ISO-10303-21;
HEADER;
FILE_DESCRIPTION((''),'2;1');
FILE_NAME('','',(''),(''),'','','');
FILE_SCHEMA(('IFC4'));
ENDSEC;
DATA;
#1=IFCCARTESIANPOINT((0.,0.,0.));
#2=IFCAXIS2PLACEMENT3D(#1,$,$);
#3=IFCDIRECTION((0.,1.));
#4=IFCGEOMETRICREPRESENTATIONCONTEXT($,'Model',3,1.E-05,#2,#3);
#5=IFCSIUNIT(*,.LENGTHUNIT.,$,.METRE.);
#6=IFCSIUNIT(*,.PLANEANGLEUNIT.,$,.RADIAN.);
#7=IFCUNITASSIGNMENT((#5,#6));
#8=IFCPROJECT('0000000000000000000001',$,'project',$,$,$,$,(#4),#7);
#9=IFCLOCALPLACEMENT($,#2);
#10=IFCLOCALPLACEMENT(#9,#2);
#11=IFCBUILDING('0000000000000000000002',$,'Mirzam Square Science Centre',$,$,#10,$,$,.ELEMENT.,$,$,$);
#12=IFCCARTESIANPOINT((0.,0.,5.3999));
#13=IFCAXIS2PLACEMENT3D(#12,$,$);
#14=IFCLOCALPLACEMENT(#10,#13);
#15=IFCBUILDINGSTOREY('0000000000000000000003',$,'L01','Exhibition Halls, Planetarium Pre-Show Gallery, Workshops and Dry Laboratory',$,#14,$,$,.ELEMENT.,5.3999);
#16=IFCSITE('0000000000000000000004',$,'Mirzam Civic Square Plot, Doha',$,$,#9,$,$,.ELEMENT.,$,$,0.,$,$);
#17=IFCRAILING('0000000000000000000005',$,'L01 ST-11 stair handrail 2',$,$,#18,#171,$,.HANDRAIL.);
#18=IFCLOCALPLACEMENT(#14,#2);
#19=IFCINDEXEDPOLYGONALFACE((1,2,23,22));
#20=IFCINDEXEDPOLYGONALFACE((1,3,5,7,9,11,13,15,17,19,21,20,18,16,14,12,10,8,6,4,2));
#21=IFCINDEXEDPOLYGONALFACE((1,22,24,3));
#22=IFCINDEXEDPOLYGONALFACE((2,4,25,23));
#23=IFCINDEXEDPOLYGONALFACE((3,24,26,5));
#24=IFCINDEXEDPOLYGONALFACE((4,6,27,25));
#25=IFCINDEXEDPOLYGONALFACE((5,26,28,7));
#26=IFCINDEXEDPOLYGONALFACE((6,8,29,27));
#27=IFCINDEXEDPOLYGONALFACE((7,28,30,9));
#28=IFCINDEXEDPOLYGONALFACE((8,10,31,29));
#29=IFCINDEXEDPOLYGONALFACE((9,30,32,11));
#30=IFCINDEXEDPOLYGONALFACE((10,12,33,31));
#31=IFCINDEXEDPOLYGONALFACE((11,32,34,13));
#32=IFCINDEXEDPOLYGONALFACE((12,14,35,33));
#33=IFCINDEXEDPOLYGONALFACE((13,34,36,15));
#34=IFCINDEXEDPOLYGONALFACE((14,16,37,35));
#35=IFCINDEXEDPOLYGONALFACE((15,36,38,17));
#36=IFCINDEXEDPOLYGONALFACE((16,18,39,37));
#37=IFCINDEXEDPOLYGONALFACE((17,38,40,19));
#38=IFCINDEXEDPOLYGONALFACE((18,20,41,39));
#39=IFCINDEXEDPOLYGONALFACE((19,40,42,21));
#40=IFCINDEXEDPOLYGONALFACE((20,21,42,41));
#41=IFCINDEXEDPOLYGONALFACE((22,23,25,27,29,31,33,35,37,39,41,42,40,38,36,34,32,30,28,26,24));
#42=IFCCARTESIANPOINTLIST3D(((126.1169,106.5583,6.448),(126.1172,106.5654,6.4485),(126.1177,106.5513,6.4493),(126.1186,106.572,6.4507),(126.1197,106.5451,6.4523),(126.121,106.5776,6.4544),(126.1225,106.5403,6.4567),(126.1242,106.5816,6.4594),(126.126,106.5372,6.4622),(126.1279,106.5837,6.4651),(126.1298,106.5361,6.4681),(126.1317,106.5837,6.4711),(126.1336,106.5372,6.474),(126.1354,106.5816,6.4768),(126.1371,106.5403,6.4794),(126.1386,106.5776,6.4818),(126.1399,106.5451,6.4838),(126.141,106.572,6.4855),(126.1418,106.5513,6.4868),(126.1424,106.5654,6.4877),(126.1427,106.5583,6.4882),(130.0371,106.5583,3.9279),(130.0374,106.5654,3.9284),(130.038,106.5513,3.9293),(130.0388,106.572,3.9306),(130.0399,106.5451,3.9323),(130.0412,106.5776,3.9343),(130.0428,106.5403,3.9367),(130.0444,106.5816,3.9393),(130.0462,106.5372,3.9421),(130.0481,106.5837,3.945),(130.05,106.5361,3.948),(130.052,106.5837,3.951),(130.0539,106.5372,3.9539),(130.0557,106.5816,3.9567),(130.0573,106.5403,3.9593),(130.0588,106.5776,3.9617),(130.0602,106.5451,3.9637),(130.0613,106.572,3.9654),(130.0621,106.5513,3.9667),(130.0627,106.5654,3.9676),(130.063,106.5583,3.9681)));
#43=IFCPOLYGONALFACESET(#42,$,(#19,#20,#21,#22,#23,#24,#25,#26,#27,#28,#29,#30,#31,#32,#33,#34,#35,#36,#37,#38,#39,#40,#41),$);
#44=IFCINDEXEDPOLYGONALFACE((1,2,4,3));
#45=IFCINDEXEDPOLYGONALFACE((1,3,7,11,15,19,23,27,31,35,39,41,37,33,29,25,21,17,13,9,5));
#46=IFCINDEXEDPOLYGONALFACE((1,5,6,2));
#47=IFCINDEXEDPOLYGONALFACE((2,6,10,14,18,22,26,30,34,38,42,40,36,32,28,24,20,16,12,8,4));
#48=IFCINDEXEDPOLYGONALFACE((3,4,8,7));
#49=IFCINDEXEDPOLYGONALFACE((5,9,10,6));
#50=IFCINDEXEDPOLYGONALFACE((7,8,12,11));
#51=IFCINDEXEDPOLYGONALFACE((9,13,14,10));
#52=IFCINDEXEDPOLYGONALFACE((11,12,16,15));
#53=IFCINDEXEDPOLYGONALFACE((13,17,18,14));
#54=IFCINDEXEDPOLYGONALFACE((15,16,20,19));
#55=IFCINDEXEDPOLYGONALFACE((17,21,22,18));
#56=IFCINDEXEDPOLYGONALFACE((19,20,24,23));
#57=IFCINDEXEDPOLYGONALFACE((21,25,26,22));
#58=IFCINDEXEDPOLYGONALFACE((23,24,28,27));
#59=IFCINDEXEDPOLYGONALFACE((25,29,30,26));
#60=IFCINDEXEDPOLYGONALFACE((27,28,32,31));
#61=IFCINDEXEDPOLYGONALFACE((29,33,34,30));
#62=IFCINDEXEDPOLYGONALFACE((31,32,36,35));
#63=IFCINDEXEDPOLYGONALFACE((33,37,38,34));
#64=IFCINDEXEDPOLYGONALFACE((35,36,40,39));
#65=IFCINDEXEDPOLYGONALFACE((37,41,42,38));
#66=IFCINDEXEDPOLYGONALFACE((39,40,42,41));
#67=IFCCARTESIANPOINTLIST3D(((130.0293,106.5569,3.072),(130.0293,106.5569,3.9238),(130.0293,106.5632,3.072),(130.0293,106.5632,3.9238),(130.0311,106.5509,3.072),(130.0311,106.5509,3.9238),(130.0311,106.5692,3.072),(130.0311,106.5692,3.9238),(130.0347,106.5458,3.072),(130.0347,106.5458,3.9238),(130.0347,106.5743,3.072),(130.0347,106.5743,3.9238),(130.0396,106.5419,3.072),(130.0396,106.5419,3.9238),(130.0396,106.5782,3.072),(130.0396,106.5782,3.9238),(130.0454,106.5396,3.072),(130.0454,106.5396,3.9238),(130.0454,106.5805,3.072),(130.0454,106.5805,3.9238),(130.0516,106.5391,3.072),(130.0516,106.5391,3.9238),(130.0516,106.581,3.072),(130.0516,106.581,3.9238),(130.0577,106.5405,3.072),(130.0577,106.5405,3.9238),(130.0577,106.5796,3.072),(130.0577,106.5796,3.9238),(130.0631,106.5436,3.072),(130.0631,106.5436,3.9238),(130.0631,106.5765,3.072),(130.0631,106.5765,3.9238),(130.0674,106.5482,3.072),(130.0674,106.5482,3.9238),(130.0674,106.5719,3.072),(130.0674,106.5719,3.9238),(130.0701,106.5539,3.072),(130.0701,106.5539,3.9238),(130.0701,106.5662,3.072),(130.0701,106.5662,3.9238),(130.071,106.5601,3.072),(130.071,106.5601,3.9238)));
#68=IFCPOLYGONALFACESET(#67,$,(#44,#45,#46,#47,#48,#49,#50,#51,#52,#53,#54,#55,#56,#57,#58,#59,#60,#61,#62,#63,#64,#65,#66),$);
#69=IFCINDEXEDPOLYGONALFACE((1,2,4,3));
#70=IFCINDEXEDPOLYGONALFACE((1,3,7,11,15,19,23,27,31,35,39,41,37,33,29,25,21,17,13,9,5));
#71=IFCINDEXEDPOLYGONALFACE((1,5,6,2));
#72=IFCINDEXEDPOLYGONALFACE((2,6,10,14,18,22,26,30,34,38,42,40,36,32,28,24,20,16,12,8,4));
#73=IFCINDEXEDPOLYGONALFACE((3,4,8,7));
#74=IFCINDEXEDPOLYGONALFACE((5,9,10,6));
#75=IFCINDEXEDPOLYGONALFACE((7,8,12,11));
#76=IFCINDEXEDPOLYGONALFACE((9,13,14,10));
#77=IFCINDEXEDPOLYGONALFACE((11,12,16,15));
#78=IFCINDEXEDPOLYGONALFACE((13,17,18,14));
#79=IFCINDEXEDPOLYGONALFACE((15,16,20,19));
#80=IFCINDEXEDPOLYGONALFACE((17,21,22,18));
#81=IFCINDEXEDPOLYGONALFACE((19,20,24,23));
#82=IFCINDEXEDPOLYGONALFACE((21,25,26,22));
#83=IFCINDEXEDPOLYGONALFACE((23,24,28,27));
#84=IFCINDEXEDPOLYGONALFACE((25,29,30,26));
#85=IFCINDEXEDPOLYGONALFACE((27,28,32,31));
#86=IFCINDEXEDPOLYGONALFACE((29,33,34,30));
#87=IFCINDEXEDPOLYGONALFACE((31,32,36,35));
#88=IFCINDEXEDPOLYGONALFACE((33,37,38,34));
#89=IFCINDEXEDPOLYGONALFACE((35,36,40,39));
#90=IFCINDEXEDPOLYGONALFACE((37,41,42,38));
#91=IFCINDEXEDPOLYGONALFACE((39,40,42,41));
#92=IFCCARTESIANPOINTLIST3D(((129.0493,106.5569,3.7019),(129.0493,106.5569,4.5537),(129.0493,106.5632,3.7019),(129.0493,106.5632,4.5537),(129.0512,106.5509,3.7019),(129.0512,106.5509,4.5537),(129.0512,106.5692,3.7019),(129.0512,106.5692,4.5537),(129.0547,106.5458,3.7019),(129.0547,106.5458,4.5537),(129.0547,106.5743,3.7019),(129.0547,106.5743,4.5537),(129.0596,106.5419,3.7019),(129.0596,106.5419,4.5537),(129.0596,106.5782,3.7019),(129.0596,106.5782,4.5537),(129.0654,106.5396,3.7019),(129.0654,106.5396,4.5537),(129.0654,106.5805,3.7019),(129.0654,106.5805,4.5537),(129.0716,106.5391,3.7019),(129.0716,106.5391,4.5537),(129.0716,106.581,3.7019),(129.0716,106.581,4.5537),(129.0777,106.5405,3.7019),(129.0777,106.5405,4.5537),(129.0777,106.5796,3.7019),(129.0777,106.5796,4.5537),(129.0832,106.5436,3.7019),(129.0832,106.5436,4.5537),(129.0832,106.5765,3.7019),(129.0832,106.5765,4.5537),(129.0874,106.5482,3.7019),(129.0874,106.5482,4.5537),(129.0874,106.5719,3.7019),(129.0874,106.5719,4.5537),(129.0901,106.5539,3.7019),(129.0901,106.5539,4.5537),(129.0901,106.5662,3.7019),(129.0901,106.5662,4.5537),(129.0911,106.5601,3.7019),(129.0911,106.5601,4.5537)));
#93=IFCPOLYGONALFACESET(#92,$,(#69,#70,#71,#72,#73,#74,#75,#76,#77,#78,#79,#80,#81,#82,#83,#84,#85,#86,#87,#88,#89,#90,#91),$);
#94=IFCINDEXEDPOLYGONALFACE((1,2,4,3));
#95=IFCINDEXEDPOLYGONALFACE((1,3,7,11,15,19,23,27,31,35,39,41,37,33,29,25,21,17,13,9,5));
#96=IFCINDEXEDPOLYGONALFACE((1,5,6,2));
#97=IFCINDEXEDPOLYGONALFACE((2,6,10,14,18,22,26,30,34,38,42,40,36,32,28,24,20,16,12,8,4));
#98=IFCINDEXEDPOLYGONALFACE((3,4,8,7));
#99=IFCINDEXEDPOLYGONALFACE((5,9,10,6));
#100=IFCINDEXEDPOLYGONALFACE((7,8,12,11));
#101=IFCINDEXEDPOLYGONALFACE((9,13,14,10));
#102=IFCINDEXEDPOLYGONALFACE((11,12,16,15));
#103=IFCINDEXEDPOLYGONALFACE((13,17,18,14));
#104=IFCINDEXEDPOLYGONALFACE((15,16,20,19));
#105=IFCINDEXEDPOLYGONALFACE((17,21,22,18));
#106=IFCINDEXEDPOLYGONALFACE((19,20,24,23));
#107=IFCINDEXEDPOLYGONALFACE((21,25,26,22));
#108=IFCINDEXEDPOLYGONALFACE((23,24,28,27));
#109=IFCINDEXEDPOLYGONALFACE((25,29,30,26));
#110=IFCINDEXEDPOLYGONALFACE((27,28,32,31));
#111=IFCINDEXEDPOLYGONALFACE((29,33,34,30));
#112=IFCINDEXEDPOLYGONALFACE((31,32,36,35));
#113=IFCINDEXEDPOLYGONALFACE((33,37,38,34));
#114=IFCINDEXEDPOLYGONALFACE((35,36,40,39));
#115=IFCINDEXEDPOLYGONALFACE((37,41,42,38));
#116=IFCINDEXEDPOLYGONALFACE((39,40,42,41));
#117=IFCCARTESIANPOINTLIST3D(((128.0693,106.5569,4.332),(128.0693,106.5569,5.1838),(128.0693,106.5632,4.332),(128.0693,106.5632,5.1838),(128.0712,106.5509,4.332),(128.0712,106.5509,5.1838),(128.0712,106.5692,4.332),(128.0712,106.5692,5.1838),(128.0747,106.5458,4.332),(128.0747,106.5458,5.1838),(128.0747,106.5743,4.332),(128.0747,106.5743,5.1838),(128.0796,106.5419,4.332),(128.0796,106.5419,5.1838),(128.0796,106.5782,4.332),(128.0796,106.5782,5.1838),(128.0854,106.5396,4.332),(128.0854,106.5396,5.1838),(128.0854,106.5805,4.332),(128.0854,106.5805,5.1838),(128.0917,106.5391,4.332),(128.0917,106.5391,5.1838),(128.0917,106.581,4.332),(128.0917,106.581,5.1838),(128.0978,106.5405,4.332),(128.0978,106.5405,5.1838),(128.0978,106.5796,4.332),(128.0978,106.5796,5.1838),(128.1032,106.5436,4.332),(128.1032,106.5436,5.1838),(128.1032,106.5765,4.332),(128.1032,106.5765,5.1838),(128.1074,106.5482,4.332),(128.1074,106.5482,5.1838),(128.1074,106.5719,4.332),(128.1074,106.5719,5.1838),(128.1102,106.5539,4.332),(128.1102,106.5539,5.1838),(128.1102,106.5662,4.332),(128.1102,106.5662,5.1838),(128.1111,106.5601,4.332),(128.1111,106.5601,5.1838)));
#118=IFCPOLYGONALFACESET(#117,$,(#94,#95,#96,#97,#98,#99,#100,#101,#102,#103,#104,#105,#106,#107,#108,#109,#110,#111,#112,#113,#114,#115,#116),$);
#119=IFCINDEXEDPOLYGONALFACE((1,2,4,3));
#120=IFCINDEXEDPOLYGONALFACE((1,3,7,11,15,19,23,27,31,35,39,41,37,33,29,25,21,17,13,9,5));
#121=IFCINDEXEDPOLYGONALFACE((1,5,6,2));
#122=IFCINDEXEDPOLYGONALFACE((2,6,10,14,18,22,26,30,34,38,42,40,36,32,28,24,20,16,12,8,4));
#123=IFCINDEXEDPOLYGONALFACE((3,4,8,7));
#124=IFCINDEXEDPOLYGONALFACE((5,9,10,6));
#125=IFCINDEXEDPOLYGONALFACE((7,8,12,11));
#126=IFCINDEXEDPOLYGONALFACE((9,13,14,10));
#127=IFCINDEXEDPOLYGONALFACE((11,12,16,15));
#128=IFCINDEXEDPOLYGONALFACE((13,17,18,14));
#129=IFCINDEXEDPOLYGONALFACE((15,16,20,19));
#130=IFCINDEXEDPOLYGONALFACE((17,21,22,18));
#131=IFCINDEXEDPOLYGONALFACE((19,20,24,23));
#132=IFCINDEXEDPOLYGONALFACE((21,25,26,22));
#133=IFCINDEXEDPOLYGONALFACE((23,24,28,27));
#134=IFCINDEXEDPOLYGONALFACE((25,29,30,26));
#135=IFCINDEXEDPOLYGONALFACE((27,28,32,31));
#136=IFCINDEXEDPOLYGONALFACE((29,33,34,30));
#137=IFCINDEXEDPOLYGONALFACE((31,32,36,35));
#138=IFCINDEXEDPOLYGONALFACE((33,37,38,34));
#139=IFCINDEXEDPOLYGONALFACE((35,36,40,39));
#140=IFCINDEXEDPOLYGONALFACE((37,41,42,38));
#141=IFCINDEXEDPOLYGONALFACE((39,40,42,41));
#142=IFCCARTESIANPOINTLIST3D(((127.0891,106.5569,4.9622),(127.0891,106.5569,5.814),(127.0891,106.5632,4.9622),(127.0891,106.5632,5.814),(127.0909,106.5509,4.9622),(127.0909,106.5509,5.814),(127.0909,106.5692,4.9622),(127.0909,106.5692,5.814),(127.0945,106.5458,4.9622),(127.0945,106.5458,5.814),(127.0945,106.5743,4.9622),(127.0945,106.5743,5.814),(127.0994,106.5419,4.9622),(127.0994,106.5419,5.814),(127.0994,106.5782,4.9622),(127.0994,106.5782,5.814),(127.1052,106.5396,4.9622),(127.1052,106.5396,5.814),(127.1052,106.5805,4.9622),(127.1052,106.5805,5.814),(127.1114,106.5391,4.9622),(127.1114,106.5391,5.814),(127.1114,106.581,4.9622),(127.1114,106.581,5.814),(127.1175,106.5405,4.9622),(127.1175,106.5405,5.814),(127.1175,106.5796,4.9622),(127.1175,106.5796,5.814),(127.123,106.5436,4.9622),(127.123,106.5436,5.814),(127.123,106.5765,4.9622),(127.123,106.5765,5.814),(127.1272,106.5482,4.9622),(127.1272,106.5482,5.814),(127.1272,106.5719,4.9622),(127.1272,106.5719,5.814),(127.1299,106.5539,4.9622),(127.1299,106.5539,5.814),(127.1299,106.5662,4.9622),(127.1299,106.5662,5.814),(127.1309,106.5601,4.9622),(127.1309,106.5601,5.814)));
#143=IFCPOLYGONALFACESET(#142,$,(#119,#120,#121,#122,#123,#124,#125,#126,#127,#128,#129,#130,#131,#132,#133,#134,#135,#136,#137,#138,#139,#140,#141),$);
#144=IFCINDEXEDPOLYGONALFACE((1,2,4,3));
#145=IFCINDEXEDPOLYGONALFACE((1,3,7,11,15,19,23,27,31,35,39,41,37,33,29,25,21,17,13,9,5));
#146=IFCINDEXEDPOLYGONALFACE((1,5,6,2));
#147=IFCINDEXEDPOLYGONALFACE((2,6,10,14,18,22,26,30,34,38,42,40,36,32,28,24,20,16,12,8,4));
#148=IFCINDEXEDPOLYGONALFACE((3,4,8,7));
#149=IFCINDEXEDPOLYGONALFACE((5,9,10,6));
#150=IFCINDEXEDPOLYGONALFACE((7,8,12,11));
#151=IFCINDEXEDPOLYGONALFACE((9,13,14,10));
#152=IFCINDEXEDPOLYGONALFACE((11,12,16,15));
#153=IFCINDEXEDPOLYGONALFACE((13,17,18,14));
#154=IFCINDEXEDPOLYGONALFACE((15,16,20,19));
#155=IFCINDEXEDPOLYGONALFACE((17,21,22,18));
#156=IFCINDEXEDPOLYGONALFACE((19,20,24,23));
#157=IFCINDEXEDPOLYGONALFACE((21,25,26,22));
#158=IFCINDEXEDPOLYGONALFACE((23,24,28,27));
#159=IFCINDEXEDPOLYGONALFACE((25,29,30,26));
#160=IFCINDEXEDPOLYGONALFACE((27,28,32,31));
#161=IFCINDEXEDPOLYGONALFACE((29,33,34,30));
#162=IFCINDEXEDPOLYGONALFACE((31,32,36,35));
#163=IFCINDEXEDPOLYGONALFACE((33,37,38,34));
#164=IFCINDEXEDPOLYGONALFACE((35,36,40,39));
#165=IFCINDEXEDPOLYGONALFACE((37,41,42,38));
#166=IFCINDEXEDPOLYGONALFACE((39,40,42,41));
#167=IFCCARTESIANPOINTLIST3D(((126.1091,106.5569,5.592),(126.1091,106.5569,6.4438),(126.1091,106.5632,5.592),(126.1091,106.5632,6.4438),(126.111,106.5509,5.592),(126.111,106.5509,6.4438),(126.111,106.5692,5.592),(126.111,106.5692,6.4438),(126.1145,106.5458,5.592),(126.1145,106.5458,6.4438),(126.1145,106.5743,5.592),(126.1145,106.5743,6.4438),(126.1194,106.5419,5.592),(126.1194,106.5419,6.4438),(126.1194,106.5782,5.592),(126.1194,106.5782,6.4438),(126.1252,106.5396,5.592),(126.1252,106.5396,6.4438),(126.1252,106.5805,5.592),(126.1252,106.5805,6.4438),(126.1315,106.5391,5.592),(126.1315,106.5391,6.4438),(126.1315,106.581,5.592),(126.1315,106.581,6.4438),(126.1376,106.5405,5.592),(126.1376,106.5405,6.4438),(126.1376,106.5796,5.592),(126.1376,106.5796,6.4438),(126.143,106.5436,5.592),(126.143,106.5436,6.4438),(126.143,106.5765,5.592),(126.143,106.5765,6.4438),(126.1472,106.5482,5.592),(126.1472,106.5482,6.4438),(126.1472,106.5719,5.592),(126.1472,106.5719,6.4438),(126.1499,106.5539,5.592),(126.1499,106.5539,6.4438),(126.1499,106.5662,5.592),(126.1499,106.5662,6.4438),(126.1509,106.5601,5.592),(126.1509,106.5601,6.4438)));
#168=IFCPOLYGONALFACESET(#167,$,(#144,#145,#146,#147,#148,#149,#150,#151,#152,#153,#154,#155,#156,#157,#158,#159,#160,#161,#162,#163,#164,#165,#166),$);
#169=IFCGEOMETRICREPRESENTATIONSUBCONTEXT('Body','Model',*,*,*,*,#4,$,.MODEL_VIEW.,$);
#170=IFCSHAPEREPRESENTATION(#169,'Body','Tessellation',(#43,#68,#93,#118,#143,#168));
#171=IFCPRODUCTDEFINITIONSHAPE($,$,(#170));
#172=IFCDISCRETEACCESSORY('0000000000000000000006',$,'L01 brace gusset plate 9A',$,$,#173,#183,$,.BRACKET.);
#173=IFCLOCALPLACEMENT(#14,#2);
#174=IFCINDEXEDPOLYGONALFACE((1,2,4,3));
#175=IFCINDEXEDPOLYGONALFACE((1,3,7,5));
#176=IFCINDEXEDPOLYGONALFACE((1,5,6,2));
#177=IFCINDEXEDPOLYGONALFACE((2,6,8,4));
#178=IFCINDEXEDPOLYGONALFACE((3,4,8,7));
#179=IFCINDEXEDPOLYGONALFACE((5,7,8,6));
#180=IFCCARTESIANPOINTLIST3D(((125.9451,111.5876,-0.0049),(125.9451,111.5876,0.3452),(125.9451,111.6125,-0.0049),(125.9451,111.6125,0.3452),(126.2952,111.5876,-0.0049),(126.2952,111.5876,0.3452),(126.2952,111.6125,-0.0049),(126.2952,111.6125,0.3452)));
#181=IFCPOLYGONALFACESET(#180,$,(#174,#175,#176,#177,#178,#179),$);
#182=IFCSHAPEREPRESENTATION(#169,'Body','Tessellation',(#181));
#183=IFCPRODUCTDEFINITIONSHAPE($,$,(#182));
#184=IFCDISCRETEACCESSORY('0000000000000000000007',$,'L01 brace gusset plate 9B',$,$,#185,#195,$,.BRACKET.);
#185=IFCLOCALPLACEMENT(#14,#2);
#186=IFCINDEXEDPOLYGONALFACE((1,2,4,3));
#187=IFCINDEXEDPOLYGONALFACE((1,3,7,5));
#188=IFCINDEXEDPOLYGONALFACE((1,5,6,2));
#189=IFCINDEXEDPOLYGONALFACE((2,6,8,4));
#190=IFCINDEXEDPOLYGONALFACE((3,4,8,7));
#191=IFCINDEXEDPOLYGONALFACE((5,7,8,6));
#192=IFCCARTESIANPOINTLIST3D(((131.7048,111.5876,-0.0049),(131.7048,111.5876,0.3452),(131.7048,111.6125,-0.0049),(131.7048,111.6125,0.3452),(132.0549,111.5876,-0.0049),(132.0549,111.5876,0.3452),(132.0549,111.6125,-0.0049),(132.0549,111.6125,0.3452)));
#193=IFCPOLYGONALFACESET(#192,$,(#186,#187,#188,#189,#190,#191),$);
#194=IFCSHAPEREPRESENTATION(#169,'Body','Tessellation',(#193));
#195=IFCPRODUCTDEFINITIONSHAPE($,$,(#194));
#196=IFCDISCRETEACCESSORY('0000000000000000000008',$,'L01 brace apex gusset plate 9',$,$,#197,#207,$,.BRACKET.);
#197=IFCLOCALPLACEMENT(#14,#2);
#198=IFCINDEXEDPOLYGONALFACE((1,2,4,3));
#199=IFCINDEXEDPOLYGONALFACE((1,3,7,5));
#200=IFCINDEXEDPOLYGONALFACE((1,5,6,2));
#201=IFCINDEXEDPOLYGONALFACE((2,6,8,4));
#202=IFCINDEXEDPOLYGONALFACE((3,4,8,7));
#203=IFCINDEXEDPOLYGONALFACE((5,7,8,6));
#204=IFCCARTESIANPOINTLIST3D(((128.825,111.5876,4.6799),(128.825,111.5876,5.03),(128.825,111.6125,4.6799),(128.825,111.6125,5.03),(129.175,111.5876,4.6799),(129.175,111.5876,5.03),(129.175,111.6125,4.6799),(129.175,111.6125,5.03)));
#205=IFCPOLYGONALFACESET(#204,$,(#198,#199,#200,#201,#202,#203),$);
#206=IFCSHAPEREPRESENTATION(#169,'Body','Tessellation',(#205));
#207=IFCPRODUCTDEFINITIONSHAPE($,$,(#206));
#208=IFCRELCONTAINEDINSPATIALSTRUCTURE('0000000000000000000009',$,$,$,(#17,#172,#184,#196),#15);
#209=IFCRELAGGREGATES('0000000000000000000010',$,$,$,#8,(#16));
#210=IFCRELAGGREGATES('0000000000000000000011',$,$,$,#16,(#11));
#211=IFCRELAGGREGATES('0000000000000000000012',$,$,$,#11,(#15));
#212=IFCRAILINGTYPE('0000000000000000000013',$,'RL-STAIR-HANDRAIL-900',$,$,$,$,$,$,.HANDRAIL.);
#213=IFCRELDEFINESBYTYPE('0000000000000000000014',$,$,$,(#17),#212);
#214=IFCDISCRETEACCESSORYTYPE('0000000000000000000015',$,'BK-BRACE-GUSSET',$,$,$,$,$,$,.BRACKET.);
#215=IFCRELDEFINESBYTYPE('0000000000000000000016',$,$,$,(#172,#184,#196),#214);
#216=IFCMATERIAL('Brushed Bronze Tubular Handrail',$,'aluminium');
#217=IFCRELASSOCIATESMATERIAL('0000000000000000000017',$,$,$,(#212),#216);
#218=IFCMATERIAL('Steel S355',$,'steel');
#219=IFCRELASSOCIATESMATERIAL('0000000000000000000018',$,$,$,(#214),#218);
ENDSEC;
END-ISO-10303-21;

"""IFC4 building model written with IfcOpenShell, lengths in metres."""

from ifc_helpers import new_model, si_unit, direction, frame, origin, origin_2d, place, context, subcontext, project, spatial, rectangle, circle, extrude, material, type_object, element, save


model = new_model("IFC4")

# Units and contexts
model_context = context("Model", 3, precision=1e-05, world=origin(), true_north=direction((0.0, 1.0)))
body_context = subcontext(model_context, "Body", "Model", "MODEL_VIEW")
ifc_project = project(units=[si_unit("LENGTHUNIT", "METRE"), si_unit("PLANEANGLEUNIT", "RADIAN")], contexts=[model_context])

# Site, building, storey
site_placement = place(None, origin())
site = spatial("IfcSite", under=ifc_project, at=site_placement, Name="Mirzam Civic Square Plot, Doha", CompositionType="ELEMENT", RefElevation=0.0)
building_placement = place(site_placement, origin())
building = spatial("IfcBuilding", under=site, at=building_placement, Name="Mirzam Square Science Centre", CompositionType="ELEMENT")
storey_placement = place(building_placement, frame((0.0, 0.0, 5.3999)))
storey = spatial("IfcBuildingStorey", under=building, at=storey_placement, Name="L01", Description="Exhibition Halls, Planetarium Pre-Show Gallery, Workshops and Dry Laboratory", CompositionType="ELEMENT", Elevation=5.3999)

# Shared definitions
ifc_material_1 = material(Name="Steel S355", Category="steel")

# Railing
ifc_material_2 = material(Name="Brushed Bronze Tubular Handrail", Category="aluminium")
railing_type_1 = type_object("IfcRailingType", Name="RL-STAIR-HANDRAIL-900", PredefinedType="HANDRAIL", material=ifc_material_2)
railing_1_placement = place(storey_placement, frame((130.05, 106.5601, 3.072)))
element("IfcRailing", 1, at=railing_1_placement, inside=storey, type_object=railing_type_1, Name="L01 ST-11 stair handrail 2", PredefinedType="HANDRAIL", context=body_context, shape_type="SweptSolid", body=[
    extrude(circle(Radius=0.0239, at=origin_2d()), frame((0.0, 0.0, 0.876), z_axis=(-0.841187, 0.0, 0.540744), x_axis=(0.0, -1.0, 0.0)), (0.0, 0.0, 1.0), 4.6604),
    extrude(circle(Radius=0.021, at=origin_2d()), origin(), (0.0, 0.0, 1.0), 0.8518),
    extrude(circle(Radius=0.021, at=origin_2d()), frame((-0.98, 0.0, 0.6299)), (0.0, 0.0, 1.0), 0.8518),
    extrude(circle(Radius=0.021, at=origin_2d()), frame((-1.96, 0.0, 1.26)), (0.0, 0.0, 1.0), 0.8518),
    extrude(circle(Radius=0.021, at=origin_2d()), frame((-2.9402, 0.0, 1.8901)), (0.0, 0.0, 1.0), 0.8518),
    extrude(circle(Radius=0.021, at=origin_2d()), frame((-3.9202, 0.0, 2.52)), (0.0, 0.0, 1.0), 0.8518),
])

# Discrete accessories
discrete_accessory_type_1 = type_object("IfcDiscreteAccessoryType", Name="BK-BRACE-GUSSET", PredefinedType="BRACKET", material=ifc_material_1)
for number, where, z_axis, x_axis, name in (
    (2, (126.1201, 111.6001, -0.0049), (0.0, 0.0, 1.0), (1.0, 0.0, 0.0), "L01 brace gusset plate 9A"),
    (3, (131.8799, 111.6001, -0.0049), (0.0, 0.0, 1.0), (1.0, 0.0, 0.0), "L01 brace gusset plate 9B"),
    (4, (129.0, 111.6001, 4.6799), (0.0, 0.0, 1.0), (1.0, 0.0, 0.0), "L01 brace apex gusset plate 9"),
):
    element("IfcDiscreteAccessory", number, at=place(storey_placement, frame(where, z_axis=z_axis, x_axis=x_axis)), inside=storey, type_object=discrete_accessory_type_1, Name=name, PredefinedType="BRACKET", context=body_context, shape_type="SweptSolid", body=[
        extrude(rectangle(XDim=0.3501, YDim=0.0249, at=origin_2d()), origin(), (0.0, 0.0, 1.0), 0.3501),
    ])

save(model, "model.ifc")
